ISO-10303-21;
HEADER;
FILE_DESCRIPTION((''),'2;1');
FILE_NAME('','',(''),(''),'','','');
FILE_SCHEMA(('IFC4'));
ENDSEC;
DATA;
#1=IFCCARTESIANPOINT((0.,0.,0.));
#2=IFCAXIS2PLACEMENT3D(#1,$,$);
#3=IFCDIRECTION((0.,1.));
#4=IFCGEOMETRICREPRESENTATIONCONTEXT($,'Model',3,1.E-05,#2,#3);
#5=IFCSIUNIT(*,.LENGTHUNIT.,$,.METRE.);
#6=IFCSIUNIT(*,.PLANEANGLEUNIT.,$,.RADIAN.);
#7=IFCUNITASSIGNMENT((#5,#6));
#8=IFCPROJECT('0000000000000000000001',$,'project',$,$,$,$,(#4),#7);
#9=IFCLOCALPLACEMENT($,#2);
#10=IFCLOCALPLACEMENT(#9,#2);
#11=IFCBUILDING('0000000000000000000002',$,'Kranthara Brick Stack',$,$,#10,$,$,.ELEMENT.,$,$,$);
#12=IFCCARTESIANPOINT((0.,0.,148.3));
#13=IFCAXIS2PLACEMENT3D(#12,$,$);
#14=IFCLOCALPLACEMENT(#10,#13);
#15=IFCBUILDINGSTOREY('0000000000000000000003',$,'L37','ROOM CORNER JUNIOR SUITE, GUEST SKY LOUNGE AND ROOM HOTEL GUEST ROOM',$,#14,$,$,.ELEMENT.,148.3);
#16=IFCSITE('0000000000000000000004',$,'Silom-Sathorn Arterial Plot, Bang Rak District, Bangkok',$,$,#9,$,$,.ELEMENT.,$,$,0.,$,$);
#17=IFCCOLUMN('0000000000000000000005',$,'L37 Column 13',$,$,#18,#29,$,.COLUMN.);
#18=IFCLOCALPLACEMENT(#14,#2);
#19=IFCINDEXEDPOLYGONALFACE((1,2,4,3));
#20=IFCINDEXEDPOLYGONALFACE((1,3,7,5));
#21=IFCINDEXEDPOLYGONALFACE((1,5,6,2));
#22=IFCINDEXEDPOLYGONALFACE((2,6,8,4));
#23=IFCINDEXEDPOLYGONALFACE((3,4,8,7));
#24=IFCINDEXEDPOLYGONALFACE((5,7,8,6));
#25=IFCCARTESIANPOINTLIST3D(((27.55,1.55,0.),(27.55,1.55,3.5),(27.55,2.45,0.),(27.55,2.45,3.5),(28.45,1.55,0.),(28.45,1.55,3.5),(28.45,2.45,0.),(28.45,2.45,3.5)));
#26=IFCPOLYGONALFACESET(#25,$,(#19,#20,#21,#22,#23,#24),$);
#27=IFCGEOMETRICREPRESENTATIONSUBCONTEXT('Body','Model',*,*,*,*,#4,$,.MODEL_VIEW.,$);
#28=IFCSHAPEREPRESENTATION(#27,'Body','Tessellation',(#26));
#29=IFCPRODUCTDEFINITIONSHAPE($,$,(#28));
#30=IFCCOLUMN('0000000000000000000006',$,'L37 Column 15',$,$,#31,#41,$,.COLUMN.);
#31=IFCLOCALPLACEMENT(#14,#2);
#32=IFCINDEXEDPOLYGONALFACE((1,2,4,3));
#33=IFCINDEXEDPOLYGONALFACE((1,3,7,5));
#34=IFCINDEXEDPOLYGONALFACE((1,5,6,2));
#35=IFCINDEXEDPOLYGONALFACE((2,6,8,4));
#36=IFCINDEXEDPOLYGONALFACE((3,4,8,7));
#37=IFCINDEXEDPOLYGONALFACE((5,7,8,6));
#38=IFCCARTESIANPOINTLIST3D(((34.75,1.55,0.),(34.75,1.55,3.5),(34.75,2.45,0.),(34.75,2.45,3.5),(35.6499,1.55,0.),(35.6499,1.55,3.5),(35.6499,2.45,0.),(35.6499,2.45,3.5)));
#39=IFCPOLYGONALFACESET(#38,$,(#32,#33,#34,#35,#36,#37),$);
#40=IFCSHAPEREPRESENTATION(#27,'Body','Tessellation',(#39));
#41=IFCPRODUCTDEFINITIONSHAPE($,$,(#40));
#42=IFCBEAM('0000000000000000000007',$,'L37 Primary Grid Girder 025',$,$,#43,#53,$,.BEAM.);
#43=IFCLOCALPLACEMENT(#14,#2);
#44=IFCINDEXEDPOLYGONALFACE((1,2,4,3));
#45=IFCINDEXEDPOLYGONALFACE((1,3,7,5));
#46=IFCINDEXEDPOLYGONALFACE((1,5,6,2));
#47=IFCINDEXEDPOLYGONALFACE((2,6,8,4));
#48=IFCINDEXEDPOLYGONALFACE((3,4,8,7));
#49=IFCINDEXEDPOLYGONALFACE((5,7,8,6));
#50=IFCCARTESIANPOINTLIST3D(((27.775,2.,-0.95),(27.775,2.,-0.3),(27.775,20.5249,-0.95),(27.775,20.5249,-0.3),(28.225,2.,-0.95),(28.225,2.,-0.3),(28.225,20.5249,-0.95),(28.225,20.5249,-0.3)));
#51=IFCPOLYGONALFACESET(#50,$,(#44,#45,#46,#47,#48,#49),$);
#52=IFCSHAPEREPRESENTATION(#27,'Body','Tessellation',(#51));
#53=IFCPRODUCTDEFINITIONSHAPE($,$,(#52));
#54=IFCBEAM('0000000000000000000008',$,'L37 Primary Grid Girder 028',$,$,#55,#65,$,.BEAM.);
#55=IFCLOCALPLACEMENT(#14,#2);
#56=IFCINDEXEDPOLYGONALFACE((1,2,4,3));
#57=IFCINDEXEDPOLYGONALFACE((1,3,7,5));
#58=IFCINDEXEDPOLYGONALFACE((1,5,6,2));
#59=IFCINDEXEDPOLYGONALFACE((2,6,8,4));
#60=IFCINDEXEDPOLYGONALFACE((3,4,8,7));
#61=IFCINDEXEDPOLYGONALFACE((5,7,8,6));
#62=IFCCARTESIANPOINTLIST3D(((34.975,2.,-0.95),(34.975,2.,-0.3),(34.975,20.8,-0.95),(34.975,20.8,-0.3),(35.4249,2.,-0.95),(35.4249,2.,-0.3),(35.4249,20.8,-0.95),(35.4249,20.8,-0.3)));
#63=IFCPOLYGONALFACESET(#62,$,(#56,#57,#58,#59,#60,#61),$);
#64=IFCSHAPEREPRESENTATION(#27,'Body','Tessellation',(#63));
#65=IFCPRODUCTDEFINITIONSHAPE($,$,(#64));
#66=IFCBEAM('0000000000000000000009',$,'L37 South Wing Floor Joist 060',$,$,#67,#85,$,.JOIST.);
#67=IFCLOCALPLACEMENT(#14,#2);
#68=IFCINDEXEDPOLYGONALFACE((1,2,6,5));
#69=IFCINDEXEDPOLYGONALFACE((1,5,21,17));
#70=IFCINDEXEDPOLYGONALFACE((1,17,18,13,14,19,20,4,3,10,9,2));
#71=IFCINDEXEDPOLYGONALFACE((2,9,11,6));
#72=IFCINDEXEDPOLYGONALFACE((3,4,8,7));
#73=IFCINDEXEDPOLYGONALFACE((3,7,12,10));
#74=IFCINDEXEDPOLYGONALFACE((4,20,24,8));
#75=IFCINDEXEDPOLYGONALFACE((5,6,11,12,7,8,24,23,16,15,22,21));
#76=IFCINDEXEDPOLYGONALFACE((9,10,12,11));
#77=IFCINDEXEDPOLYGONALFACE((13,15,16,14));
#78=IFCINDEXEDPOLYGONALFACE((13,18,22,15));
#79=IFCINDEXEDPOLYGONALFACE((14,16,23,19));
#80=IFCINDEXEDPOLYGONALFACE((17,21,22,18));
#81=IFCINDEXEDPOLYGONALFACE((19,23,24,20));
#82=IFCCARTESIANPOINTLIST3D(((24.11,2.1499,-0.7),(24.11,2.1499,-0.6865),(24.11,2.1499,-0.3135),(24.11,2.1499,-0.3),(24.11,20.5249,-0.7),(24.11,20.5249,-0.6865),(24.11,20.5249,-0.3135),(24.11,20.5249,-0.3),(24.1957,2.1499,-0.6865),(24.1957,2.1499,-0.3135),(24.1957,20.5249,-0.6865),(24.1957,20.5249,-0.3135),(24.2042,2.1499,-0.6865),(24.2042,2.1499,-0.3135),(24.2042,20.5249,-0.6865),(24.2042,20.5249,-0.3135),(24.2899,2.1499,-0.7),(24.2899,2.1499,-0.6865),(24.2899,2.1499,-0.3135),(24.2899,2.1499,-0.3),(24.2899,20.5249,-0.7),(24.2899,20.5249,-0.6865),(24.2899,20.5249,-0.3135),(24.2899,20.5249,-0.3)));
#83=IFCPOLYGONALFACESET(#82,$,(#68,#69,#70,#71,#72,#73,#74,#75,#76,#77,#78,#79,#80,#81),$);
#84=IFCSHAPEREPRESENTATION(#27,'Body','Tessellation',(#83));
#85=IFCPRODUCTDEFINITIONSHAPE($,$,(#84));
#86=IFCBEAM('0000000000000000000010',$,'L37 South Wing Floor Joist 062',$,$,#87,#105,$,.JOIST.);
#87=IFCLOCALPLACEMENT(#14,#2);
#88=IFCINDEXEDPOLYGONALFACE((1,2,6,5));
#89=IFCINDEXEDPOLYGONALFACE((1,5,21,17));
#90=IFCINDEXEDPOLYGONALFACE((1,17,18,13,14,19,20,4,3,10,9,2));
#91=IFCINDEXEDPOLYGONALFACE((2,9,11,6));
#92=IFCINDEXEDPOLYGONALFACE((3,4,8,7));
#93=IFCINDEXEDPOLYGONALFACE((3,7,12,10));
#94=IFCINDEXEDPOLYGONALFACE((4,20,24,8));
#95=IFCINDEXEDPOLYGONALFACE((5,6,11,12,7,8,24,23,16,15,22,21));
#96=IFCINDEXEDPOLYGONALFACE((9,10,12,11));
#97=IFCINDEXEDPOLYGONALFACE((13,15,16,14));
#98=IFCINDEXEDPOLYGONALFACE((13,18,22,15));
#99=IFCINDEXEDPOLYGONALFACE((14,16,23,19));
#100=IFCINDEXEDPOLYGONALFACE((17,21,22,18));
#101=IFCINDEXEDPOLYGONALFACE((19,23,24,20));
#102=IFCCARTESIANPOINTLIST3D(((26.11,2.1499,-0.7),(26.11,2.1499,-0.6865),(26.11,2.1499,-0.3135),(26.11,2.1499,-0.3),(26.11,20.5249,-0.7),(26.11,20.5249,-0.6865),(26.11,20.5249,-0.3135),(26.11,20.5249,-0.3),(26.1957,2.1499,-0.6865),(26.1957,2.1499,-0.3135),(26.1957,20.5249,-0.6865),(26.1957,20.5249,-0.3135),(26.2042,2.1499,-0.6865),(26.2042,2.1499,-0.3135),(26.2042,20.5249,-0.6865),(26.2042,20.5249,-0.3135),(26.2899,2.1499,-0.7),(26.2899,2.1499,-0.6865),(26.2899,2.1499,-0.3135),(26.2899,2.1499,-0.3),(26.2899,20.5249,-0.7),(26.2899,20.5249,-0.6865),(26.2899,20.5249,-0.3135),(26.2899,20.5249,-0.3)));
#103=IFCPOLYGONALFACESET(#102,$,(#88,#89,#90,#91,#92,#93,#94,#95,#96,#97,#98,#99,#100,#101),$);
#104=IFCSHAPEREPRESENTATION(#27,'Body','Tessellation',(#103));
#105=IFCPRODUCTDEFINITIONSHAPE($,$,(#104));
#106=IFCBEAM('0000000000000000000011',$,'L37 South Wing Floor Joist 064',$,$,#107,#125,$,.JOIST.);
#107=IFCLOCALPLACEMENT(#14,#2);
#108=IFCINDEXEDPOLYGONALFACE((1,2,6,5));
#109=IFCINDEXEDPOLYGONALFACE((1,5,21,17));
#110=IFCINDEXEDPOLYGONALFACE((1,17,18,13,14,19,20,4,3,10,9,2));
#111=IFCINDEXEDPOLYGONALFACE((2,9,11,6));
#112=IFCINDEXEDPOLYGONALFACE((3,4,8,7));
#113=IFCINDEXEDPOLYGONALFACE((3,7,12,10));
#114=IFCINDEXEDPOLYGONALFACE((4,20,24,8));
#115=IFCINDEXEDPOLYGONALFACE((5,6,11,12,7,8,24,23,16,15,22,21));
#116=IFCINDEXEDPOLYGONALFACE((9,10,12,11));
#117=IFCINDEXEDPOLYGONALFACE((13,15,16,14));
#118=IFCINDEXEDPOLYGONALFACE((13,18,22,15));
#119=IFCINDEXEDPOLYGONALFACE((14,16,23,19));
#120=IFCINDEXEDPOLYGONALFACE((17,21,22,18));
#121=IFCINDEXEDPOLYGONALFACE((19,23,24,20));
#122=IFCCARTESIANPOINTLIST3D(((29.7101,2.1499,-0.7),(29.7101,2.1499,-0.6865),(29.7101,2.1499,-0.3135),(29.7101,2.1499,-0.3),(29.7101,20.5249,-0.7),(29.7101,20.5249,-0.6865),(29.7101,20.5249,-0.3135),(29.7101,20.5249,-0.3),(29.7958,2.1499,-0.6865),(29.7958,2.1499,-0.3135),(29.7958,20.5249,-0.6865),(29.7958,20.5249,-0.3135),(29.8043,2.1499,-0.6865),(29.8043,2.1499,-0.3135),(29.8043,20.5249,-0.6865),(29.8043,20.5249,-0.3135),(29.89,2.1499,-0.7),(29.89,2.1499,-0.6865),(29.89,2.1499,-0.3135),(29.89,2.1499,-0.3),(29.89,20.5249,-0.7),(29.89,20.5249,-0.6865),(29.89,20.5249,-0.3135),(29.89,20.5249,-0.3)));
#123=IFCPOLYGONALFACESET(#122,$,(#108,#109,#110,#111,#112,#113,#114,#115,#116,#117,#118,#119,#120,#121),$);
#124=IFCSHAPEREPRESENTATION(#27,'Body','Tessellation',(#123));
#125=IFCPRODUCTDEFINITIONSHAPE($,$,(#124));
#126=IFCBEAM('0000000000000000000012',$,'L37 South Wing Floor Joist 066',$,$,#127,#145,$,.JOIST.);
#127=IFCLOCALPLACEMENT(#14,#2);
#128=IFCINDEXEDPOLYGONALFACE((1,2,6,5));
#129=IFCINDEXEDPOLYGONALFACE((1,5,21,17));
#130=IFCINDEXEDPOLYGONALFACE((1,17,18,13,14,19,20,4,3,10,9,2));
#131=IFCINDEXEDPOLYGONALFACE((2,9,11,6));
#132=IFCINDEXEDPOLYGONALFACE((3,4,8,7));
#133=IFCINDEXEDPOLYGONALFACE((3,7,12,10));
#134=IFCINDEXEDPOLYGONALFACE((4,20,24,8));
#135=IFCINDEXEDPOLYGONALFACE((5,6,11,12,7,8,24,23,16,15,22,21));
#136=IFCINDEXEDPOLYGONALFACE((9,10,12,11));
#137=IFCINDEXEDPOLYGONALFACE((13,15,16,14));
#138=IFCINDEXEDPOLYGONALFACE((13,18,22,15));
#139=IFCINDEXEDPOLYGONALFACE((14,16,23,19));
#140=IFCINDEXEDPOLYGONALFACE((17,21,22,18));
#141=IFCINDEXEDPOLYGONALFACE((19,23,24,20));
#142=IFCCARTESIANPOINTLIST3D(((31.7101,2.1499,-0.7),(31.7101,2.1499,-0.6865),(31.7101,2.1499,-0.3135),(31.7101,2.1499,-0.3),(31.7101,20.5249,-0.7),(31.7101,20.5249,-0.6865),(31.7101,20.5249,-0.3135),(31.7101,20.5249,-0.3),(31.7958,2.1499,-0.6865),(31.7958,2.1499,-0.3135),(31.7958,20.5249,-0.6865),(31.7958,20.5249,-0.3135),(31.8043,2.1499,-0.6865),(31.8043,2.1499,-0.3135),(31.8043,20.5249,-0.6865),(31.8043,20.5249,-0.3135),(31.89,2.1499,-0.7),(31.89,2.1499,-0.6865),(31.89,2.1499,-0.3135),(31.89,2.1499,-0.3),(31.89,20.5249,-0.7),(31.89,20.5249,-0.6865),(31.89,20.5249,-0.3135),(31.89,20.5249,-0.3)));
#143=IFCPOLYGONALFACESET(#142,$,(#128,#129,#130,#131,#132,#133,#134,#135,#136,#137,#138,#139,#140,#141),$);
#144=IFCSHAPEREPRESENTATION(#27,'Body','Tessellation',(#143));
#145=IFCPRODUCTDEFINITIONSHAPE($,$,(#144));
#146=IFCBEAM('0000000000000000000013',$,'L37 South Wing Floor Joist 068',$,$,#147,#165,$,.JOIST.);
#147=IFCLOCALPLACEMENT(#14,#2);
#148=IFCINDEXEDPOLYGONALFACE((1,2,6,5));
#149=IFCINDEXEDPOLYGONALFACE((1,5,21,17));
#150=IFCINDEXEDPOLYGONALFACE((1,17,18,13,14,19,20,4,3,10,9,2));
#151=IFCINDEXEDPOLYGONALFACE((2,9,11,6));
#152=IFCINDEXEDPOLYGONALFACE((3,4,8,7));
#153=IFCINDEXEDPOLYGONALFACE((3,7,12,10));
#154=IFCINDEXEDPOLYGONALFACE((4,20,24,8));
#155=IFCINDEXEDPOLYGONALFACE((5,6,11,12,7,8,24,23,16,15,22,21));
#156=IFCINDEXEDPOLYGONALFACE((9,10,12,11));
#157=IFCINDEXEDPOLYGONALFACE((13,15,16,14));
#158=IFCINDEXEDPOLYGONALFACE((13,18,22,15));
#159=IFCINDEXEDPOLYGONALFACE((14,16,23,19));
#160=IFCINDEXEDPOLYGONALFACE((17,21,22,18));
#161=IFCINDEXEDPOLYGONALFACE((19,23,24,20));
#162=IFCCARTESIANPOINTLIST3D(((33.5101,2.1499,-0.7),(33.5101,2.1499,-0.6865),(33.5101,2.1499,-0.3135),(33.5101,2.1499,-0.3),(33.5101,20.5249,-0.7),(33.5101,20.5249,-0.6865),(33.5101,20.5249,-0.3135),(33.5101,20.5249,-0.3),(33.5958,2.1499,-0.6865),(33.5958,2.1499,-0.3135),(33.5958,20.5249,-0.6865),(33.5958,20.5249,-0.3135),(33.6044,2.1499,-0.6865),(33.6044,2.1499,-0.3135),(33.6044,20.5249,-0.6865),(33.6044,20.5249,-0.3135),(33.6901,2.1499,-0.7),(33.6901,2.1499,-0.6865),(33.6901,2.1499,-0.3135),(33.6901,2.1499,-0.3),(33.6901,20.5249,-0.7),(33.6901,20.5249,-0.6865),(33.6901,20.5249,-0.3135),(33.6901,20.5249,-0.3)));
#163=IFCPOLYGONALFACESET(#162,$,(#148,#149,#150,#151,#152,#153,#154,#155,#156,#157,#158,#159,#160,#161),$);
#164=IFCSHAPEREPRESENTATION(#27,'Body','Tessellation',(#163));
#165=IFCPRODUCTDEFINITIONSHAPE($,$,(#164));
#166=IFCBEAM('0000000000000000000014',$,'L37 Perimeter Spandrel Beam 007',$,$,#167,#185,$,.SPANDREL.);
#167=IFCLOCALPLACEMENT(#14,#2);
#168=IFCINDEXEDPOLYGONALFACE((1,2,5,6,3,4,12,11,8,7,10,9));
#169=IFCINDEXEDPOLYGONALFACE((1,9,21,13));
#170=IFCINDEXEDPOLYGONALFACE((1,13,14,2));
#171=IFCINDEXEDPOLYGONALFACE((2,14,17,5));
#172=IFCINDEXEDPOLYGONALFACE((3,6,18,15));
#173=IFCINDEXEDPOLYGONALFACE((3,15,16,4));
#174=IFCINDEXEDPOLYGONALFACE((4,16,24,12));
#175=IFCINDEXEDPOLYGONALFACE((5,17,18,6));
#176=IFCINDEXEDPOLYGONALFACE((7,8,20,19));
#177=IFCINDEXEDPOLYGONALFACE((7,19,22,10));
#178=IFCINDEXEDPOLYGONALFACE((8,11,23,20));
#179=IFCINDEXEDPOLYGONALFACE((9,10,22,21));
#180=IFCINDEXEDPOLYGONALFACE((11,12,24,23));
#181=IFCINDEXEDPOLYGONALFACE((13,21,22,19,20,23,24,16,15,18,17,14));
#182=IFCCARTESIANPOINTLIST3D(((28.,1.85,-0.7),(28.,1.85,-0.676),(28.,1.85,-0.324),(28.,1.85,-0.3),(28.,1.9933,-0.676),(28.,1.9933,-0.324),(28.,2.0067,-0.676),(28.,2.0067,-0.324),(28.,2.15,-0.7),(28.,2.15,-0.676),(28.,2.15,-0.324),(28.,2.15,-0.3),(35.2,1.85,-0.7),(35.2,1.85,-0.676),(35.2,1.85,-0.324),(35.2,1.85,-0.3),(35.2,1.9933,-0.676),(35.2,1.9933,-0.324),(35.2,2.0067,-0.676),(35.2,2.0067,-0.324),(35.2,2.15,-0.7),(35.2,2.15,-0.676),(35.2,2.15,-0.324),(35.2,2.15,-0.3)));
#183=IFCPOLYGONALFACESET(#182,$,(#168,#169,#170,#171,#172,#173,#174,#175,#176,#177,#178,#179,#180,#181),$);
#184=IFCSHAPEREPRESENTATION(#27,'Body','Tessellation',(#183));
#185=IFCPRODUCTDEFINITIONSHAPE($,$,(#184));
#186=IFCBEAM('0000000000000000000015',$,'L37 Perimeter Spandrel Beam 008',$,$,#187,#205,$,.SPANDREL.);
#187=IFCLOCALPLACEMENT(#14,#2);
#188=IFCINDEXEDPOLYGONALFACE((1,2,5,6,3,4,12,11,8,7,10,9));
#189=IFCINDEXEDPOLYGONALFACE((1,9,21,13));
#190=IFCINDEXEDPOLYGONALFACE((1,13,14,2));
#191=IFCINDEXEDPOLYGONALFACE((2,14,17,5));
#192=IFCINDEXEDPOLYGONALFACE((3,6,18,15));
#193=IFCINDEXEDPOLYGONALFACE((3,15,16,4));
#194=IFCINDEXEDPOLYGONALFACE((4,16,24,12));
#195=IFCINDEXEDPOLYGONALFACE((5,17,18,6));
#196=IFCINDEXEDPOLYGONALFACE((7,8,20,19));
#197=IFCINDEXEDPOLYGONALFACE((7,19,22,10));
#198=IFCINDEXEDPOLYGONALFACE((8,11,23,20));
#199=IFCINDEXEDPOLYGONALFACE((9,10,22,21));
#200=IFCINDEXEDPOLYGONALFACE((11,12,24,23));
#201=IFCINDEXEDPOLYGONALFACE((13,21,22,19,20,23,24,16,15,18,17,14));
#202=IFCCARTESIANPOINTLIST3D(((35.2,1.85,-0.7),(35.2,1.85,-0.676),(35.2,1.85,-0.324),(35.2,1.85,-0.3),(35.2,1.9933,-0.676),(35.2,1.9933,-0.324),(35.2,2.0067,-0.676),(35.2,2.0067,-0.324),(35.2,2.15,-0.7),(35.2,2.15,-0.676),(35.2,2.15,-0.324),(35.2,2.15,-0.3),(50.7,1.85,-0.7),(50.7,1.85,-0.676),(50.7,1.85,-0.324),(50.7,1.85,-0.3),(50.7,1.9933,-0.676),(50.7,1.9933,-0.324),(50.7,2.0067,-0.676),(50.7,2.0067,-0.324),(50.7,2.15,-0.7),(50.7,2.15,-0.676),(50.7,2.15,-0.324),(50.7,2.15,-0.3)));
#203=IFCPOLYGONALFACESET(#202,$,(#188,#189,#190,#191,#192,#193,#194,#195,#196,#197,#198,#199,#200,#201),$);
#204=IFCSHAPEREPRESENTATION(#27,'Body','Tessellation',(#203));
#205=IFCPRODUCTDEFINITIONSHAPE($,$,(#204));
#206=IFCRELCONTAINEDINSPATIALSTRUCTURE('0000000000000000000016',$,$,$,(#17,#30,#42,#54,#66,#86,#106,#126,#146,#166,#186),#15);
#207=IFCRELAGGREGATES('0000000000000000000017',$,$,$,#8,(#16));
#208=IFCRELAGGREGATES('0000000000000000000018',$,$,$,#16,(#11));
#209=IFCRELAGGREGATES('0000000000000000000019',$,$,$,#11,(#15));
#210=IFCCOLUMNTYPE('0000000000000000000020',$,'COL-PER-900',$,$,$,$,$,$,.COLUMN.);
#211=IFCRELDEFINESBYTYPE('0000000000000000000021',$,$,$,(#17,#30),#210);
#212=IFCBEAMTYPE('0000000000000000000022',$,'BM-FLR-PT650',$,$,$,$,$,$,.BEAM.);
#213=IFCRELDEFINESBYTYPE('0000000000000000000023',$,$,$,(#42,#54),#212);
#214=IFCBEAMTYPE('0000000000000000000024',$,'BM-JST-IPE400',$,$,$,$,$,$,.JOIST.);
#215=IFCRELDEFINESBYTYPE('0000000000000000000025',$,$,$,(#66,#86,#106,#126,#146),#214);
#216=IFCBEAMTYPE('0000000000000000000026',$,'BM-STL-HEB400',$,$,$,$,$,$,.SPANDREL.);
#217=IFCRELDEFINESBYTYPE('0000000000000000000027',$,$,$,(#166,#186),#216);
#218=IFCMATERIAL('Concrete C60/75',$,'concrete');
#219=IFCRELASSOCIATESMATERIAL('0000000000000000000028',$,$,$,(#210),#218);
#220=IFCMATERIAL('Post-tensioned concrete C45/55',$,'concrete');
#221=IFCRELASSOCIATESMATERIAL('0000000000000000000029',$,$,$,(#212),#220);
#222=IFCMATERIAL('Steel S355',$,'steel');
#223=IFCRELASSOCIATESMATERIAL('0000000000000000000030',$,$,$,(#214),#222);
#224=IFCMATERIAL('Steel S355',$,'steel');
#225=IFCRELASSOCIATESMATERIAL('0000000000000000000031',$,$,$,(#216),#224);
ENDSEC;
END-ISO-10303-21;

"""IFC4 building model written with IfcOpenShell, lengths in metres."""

from ifc_helpers import new_model, si_unit, direction, frame, origin, origin_2d, place, context, subcontext, project, spatial, rectangle, i_section, extrude, material, material_profile, profile_set, type_object, element, save


model = new_model("IFC4")

# Units and contexts
model_context = context("Model", 3, precision=1e-05, world=origin(), true_north=direction((0.0, 1.0)))
body_context = subcontext(model_context, "Body", "Model", "MODEL_VIEW")
ifc_project = project(units=[si_unit("LENGTHUNIT", "METRE"), si_unit("PLANEANGLEUNIT", "RADIAN")], contexts=[model_context])

# Site, building, storey
site_placement = place(None, origin())
site = spatial("IfcSite", under=ifc_project, at=site_placement, Name="Silom-Sathorn Arterial Plot, Bang Rak District, Bangkok", CompositionType="ELEMENT", RefElevation=0.0)
building_placement = place(site_placement, origin())
building = spatial("IfcBuilding", under=site, at=building_placement, Name="Kranthara Brick Stack", CompositionType="ELEMENT")
storey_placement = place(building_placement, frame((0.0, 0.0, 148.3)))
storey = spatial("IfcBuildingStorey", under=building, at=storey_placement, Name="L37", Description="ROOM CORNER JUNIOR SUITE, GUEST SKY LOUNGE AND ROOM HOTEL GUEST ROOM", CompositionType="ELEMENT", Elevation=148.3)

# Columns
ifc_material_1 = material(Name="Concrete C60/75", Category="concrete")
ifc_material_profile_1 = material_profile(ifc_material_1, rectangle(XDim=0.8999, YDim=0.8999, at=origin_2d()), Name="RC 900x900")
ifc_profile_set_1 = profile_set([ifc_material_profile_1], Name="Concrete C60/75")
column_type = type_object("IfcColumnType", Name="COL-PER-900", PredefinedType="COLUMN", material=ifc_profile_set_1)
for number, where, z_axis, x_axis, name in (
    (1, (28.0, 2.0, 0.0), (0.0, 0.0, 1.0), (1.0, 0.0, 0.0), "L37 Column 13"),
    (2, (35.2, 2.0, 0.0), (0.0, 0.0, 1.0), (1.0, 0.0, 0.0), "L37 Column 15"),
):
    element("IfcColumn", number, at=place(storey_placement, frame(where, z_axis=z_axis, x_axis=x_axis)), inside=storey, type_object=column_type, Name=name, PredefinedType="COLUMN", context=body_context, shape_type="SweptSolid", body=[
        extrude(rectangle(XDim=0.8999, YDim=0.8999, at=origin_2d()), origin(), (0.0, 0.0, 1.0), 3.5),
    ])

# Beams
ifc_material_2 = material(Name="Post-tensioned concrete C45/55", Category="concrete")
ifc_material_profile_2 = material_profile(ifc_material_2, rectangle(XDim=0.45, YDim=0.6499, at=origin_2d()), Name="PT 450x650")
ifc_profile_set_2 = profile_set([ifc_material_profile_2], Name="Post-tensioned concrete C45/55")
beam_type_1 = type_object("IfcBeamType", Name="BM-FLR-PT650", PredefinedType="BEAM", material=ifc_profile_set_2)
beam_1_placement = place(storey_placement, frame((28.0, 2.0, -0.625), z_axis=(0.0, 1.0, 0.0), x_axis=(-1.0, 0.0, 0.0)))
element("IfcBeam", 3, at=beam_1_placement, inside=storey, type_object=beam_type_1, Name="L37 Primary Grid Girder 025", PredefinedType="BEAM", context=body_context, shape_type="SweptSolid", body=[
    extrude(rectangle(XDim=0.45, YDim=0.6499, at=origin_2d()), origin(), (0.0, 0.0, 1.0), 18.5249),
])
beam_2_placement = place(storey_placement, frame((35.2, 2.0, -0.625), z_axis=(0.0, 1.0, 0.0), x_axis=(-1.0, 0.0, 0.0)))
element("IfcBeam", 4, at=beam_2_placement, inside=storey, type_object=beam_type_1, Name="L37 Primary Grid Girder 028", PredefinedType="BEAM", context=body_context, shape_type="SweptSolid", body=[
    extrude(rectangle(XDim=0.45, YDim=0.6499, at=origin_2d()), origin(), (0.0, 0.0, 1.0), 18.8),
])
ifc_material_3 = material(Name="Steel S355", Category="steel")
ifc_material_profile_3 = material_profile(ifc_material_3, i_section(OverallWidth=0.1799, OverallDepth=0.3999, WebThickness=0.0085, FlangeThickness=0.0134, at=origin_2d()), Name="IPE 400")
ifc_profile_set_3 = profile_set([ifc_material_profile_3], Name="Steel S355")
beam_type_2 = type_object("IfcBeamType", Name="BM-JST-IPE400", PredefinedType="JOIST", material=ifc_profile_set_3)
for number, where, z_axis, x_axis, name in (
    (5, (24.2, 2.1499, -0.5), (0.0, 1.0, 0.0), (-1.0, 0.0, 0.0), "L37 South Wing Floor Joist 060"),
    (6, (26.2, 2.1499, -0.5), (0.0, 1.0, 0.0), (-1.0, 0.0, 0.0), "L37 South Wing Floor Joist 062"),
    (7, (29.8, 2.1499, -0.5), (0.0, 1.0, 0.0), (-1.0, 0.0, 0.0), "L37 South Wing Floor Joist 064"),
    (8, (31.8, 2.1499, -0.5), (0.0, 1.0, 0.0), (-1.0, 0.0, 0.0), "L37 South Wing Floor Joist 066"),
    (9, (33.6001, 2.1499, -0.5), (0.0, 1.0, 0.0), (-1.0, 0.0, 0.0), "L37 South Wing Floor Joist 068"),
):
    element("IfcBeam", number, at=place(storey_placement, frame(where, z_axis=z_axis, x_axis=x_axis)), inside=storey, type_object=beam_type_2, Name=name, PredefinedType="JOIST", context=body_context, shape_type="SweptSolid", body=[
        extrude(i_section(OverallWidth=0.1799, OverallDepth=0.3999, WebThickness=0.0085, FlangeThickness=0.0134, at=origin_2d()), origin(), (0.0, 0.0, 1.0), 18.375),
    ])
ifc_material_4 = material(Name="Steel S355", Category="steel")
ifc_material_profile_4 = material_profile(ifc_material_4, i_section(OverallWidth=0.3, OverallDepth=0.3999, WebThickness=0.0134, FlangeThickness=0.0239, at=origin_2d()), Name="HEB 400")
ifc_profile_set_4 = profile_set([ifc_material_profile_4], Name="Steel S355")
beam_type_3 = type_object("IfcBeamType", Name="BM-STL-HEB400", PredefinedType="SPANDREL", material=ifc_profile_set_4)
beam_3_placement = place(storey_placement, frame((28.0, 2.0, -0.5), z_axis=(1.0, 0.0, 0.0), x_axis=(0.0, 1.0, 0.0)))
element("IfcBeam", 10, at=beam_3_placement, inside=storey, type_object=beam_type_3, Name="L37 Perimeter Spandrel Beam 007", PredefinedType="SPANDREL", context=body_context, shape_type="SweptSolid", body=[
    extrude(i_section(OverallWidth=0.3, OverallDepth=0.3999, WebThickness=0.0134, FlangeThickness=0.0239, at=origin_2d()), origin(), (0.0, 0.0, 1.0), 7.2),
])
beam_4_placement = place(storey_placement, frame((35.2, 2.0, -0.5), z_axis=(1.0, 0.0, 0.0), x_axis=(0.0, 1.0, 0.0)))
element("IfcBeam", 11, at=beam_4_placement, inside=storey, type_object=beam_type_3, Name="L37 Perimeter Spandrel Beam 008", PredefinedType="SPANDREL", context=body_context, shape_type="SweptSolid", body=[
    extrude(i_section(OverallWidth=0.3, OverallDepth=0.3999, WebThickness=0.0134, FlangeThickness=0.0239, at=origin_2d()), origin(), (0.0, 0.0, 1.0), 15.5),
])

save(model, "model.ifc")
